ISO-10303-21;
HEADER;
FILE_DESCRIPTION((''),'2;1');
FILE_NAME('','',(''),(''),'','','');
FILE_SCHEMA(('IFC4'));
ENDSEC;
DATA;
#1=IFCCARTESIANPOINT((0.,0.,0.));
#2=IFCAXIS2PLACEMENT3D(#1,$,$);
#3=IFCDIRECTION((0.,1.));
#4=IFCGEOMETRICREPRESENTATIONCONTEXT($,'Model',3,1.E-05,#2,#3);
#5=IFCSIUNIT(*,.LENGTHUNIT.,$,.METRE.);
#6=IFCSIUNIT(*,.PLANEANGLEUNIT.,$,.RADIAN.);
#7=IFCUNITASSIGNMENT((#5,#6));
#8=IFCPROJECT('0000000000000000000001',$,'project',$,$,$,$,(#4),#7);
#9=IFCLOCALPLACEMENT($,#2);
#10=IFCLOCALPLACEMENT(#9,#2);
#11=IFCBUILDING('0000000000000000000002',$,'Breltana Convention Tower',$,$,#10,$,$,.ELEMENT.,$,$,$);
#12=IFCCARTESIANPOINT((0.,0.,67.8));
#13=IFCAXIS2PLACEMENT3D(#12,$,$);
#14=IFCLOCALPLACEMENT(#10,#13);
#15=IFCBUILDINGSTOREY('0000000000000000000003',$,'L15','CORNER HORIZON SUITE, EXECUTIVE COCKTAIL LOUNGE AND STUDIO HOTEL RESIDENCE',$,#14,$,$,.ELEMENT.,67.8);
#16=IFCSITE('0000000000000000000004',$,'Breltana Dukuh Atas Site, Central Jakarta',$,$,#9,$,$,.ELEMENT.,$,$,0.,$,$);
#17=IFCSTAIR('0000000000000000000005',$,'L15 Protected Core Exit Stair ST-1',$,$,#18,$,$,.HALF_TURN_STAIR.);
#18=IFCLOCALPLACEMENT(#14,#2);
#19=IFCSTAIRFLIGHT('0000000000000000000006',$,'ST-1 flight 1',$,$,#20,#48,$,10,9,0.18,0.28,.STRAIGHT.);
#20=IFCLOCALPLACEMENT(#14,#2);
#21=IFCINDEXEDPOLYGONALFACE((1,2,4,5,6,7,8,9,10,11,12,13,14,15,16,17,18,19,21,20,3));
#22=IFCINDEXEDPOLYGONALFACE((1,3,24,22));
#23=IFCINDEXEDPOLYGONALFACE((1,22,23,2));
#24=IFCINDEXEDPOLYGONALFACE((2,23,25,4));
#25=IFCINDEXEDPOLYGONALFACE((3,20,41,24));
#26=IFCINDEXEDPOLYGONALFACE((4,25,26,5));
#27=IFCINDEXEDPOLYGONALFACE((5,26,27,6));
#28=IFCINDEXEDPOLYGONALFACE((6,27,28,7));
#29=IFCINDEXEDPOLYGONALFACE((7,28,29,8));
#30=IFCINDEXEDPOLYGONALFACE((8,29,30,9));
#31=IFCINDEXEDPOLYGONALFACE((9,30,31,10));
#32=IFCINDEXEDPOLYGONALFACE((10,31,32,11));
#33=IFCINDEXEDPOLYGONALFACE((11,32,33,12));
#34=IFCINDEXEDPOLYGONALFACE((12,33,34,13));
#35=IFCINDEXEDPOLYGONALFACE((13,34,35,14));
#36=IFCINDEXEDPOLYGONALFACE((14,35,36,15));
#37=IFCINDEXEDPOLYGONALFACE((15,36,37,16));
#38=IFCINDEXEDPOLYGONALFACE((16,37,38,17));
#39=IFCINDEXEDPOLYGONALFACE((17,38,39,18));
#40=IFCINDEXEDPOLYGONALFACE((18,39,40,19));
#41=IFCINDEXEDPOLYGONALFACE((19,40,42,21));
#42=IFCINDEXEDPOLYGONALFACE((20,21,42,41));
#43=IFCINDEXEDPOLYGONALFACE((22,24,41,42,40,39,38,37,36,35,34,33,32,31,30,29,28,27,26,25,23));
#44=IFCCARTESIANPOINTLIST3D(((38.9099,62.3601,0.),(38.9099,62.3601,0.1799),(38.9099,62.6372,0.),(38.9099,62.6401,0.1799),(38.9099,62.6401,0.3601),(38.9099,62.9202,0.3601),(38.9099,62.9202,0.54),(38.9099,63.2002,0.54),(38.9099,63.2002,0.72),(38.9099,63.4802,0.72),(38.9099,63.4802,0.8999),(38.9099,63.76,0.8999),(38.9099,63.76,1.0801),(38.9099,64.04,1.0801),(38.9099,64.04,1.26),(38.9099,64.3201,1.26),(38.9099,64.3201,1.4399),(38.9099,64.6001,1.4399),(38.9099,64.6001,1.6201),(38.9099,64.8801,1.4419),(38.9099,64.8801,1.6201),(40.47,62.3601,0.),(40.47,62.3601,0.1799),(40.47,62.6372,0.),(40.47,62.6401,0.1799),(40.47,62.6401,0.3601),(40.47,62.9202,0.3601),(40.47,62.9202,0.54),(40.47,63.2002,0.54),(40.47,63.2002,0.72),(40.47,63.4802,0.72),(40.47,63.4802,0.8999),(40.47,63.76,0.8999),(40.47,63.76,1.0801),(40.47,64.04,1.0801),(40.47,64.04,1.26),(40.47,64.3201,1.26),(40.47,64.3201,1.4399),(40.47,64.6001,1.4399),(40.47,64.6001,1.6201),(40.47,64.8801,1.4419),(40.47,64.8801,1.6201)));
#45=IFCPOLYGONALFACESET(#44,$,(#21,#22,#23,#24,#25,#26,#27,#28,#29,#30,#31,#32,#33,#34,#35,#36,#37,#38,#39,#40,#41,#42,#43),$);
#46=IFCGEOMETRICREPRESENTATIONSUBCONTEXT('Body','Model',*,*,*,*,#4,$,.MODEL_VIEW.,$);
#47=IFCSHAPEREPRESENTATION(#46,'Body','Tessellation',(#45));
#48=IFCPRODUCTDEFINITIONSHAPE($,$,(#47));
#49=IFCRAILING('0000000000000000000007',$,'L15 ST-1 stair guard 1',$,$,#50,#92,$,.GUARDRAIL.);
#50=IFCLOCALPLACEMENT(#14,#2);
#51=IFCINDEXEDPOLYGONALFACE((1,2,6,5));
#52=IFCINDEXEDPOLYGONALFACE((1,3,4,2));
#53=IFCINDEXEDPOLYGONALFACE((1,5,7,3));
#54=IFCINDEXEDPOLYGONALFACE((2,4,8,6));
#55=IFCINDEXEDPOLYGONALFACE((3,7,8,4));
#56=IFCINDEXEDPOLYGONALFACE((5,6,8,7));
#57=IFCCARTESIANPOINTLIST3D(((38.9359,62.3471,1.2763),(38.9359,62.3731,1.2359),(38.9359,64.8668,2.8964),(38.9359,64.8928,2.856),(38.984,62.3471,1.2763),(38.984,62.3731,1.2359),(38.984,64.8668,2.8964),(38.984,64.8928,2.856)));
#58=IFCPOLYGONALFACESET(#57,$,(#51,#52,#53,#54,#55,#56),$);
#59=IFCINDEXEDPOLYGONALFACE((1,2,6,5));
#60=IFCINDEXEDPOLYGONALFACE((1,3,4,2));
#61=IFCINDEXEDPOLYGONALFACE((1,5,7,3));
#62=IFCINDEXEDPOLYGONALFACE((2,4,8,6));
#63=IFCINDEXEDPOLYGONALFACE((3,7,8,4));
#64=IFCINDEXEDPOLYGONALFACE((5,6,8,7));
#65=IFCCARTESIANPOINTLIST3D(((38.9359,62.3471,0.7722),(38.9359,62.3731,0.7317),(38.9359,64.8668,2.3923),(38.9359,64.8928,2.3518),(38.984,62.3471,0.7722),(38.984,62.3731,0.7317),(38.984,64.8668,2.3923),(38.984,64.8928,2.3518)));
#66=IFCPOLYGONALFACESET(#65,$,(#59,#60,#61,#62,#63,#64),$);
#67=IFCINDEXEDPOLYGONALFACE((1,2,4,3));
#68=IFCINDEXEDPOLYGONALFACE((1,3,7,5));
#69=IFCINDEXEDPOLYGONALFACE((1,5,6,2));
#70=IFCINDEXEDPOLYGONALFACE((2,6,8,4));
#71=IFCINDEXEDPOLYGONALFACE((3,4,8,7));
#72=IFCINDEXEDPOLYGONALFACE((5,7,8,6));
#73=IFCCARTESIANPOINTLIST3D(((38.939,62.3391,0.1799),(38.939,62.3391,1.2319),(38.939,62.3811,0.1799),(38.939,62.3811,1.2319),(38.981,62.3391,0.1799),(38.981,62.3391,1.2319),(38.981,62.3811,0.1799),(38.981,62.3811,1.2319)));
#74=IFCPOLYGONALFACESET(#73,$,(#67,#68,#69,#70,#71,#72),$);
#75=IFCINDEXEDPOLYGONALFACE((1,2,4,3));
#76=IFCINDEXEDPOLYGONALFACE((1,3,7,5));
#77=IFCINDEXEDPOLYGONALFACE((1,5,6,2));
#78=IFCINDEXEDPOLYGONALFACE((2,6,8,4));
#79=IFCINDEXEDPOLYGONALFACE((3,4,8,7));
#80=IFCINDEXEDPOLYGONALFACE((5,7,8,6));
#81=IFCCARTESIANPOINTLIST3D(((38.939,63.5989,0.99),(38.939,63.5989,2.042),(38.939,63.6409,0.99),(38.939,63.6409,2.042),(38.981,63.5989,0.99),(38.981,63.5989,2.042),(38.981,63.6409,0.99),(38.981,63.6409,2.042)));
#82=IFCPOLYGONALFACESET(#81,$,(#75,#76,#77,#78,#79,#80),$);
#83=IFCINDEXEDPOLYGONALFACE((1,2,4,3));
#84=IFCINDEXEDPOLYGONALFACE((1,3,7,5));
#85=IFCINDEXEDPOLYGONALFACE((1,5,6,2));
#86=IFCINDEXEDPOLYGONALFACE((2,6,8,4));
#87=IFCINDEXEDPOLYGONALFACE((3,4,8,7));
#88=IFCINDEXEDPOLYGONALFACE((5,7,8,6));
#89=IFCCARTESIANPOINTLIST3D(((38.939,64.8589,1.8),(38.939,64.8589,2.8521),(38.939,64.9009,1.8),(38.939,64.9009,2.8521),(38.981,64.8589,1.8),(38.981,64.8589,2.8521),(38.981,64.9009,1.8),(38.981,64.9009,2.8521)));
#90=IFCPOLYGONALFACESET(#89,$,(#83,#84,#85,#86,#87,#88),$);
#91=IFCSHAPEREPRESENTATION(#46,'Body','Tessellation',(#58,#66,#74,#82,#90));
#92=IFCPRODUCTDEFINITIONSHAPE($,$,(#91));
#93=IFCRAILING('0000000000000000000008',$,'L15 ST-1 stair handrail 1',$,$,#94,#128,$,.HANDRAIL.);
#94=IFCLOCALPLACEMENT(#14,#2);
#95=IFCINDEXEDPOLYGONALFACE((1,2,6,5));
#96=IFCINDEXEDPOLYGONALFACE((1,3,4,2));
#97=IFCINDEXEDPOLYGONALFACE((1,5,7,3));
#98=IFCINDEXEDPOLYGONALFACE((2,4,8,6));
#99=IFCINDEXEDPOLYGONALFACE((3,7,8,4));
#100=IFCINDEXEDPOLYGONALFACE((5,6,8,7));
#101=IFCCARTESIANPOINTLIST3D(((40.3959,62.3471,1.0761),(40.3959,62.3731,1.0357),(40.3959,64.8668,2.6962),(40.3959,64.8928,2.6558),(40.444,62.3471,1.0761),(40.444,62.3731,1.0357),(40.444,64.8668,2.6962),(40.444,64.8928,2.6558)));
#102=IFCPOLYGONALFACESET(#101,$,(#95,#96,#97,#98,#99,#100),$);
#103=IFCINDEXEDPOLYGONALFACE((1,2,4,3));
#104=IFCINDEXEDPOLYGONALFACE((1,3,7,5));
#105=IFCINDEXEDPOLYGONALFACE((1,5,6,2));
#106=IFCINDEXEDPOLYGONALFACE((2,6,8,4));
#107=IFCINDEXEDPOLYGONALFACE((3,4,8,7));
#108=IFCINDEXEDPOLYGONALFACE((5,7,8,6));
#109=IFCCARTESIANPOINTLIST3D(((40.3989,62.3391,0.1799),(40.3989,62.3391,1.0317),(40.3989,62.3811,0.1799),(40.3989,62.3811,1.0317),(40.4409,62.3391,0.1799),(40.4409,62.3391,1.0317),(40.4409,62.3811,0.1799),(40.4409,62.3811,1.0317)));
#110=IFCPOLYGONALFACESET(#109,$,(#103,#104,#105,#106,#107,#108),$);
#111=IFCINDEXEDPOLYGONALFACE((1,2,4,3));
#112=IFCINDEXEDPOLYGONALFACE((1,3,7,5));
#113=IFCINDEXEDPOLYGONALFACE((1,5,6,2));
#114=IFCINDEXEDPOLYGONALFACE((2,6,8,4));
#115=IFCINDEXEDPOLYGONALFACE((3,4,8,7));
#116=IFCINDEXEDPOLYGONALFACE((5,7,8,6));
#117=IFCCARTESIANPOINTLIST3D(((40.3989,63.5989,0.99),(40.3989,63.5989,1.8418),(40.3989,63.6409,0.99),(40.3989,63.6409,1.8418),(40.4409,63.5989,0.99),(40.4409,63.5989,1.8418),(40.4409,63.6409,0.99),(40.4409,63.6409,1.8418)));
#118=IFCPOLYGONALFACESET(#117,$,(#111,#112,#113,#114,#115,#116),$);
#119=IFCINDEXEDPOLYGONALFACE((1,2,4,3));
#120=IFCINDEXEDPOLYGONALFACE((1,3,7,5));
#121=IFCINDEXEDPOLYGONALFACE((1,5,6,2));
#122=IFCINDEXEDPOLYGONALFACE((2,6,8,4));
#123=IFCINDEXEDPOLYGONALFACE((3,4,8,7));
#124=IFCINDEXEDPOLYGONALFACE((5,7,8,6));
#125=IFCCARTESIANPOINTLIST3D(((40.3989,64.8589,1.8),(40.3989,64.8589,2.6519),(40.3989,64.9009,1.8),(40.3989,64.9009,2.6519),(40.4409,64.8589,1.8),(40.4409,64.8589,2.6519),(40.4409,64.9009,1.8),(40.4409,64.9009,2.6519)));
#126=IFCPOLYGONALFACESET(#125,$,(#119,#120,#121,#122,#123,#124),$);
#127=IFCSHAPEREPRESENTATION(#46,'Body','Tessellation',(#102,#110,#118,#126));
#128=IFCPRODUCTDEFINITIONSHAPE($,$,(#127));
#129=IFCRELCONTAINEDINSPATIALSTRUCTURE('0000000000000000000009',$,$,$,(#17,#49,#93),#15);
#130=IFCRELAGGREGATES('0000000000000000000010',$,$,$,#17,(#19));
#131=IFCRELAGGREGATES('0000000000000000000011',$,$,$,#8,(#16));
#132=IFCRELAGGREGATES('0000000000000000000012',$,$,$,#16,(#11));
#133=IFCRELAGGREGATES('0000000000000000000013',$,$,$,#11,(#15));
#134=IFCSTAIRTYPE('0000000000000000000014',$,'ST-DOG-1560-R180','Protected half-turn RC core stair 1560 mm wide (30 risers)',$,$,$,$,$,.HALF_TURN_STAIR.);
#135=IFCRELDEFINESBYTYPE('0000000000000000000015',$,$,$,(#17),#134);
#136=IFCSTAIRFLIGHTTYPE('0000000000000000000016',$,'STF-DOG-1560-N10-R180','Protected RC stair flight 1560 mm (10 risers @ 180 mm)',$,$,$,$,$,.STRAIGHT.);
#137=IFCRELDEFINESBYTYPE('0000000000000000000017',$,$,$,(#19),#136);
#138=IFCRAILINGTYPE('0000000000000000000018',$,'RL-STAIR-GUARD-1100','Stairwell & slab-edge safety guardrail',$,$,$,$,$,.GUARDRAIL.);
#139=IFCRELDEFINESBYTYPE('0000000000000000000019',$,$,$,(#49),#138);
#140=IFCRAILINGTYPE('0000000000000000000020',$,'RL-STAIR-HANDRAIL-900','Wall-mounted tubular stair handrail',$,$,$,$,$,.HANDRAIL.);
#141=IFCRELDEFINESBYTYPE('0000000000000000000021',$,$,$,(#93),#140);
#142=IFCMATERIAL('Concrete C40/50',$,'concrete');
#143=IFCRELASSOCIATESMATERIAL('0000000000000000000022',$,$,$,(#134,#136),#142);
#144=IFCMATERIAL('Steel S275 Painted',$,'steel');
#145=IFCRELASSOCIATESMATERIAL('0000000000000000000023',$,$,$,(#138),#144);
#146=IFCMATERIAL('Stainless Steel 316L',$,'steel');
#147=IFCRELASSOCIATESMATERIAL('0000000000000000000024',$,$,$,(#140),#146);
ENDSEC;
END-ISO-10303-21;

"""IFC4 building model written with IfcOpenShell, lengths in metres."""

from ifc_helpers import new_model, si_unit, direction, frame, origin, origin_2d, place, context, subcontext, project, spatial, polyline, rectangle, outline, extrude, material, type_object, element, aggregate, save


model = new_model("IFC4")

# Units and contexts
model_context = context("Model", 3, precision=1e-05, world=origin(), true_north=direction((0.0, 1.0)))
body_context = subcontext(model_context, "Body", "Model", "MODEL_VIEW")
ifc_project = project(units=[si_unit("LENGTHUNIT", "METRE"), si_unit("PLANEANGLEUNIT", "RADIAN")], contexts=[model_context])

# Site, building, storey
site_placement = place(None, origin())
site = spatial("IfcSite", under=ifc_project, at=site_placement, Name="Breltana Dukuh Atas Site, Central Jakarta", CompositionType="ELEMENT", RefElevation=0.0)
building_placement = place(site_placement, origin())
building = spatial("IfcBuilding", under=site, at=building_placement, Name="Breltana Convention Tower", CompositionType="ELEMENT")
storey_placement = place(building_placement, frame((0.0, 0.0, 67.8)))
storey = spatial("IfcBuildingStorey", under=building, at=storey_placement, Name="L15", Description="CORNER HORIZON SUITE, EXECUTIVE COCKTAIL LOUNGE AND STUDIO HOTEL RESIDENCE", CompositionType="ELEMENT", Elevation=67.8)

# Stair, stair flight
ifc_material_1 = material(Name="Concrete C40/50", Category="concrete")
stair_type = type_object("IfcStairType", Name="ST-DOG-1560-R180", Description="Protected half-turn RC core stair 1560 mm wide (30 risers)", PredefinedType="HALF_TURN_STAIR", material=ifc_material_1)
stair_placement = place(storey_placement, origin())
stair = element("IfcStair", 1, at=stair_placement, inside=storey, type_object=stair_type, Name="L15 Protected Core Exit Stair ST-1", PredefinedType="HALF_TURN_STAIR")
stair_flight_type = type_object("IfcStairFlightType", Name="STF-DOG-1560-N10-R180", Description="Protected RC stair flight 1560 mm (10 risers @ 180 mm)", PredefinedType="STRAIGHT", material=ifc_material_1)
stair_flight_placement = place(storey_placement, frame((39.6899, 62.3601, 0.0), z_axis=(0.0, 0.0, 1.0), x_axis=(0.0, 1.0, 0.0)))
stair_flight = element("IfcStairFlight", 2, at=stair_flight_placement, type_object=stair_flight_type, Name="ST-1 flight 1", NumberOfRisers=10, NumberOfTreads=9, PredefinedType="STRAIGHT", RiserHeight=0.18, TreadLength=0.28, context=body_context, shape_type="SweptSolid", body=[
    extrude(outline(polyline([(0.0, 0.0), (0.0, 0.1799), (0.28, 0.1799), (0.28, 0.3601), (0.5601, 0.3601), (0.5601, 0.54), (0.8401, 0.54), (0.8401, 0.72), (1.1201, 0.72), (1.1201, 0.8999), (1.3999, 0.8999), (1.3999, 1.0801), (1.6799, 1.0801), (1.6799, 1.26), (1.96, 1.26), (1.96, 1.4399), (2.24, 1.4399), (2.24, 1.6201), (2.52, 1.6201), (2.52, 1.8), (2.52, 1.4419), (0.2771, 0.0), (0.0, 0.0)])), frame((0.0, 0.78, 0.0), z_axis=(0.0, -1.0, 0.0), x_axis=(1.0, 0.0, 0.0)), (0.0, 0.0, 1.0), 1.5601),
])
aggregate(stair, [stair_flight])

# Railings
ifc_material_2 = material(Name="Steel S275 Painted", Category="steel")
railing_type_1 = type_object("IfcRailingType", Name="RL-STAIR-GUARD-1100", Description="Stairwell & slab-edge safety guardrail", PredefinedType="GUARDRAIL", material=ifc_material_2)
railing_1_placement = place(storey_placement, frame((38.96, 62.3601, 0.1799)))
element("IfcRailing", 3, at=railing_1_placement, inside=storey, type_object=railing_type_1, Name="L15 ST-1 stair guard 1", PredefinedType="GUARDRAIL", context=body_context, shape_type="SweptSolid", body=[
    extrude(rectangle(XDim=0.0481, YDim=0.0481, at=origin_2d()), frame((0.0, 0.0, 1.0762), z_axis=(0.0, 0.841139, 0.540819), x_axis=(-1.0, 0.0, 0.0)), (0.0, 0.0, 1.0), 2.9956),
    extrude(rectangle(XDim=0.0481, YDim=0.0481, at=origin_2d()), frame((0.0, 0.0, 0.572), z_axis=(0.0, 0.841139, 0.540819), x_axis=(-1.0, 0.0, 0.0)), (0.0, 0.0, 1.0), 2.9956),
    extrude(rectangle(XDim=0.042, YDim=0.042, at=origin_2d()), origin(), (0.0, 0.0, 1.0), 1.052),
    extrude(rectangle(XDim=0.042, YDim=0.042, at=origin_2d()), frame((0.0, 1.2598, 0.8101)), (0.0, 0.0, 1.0), 1.052),
    extrude(rectangle(XDim=0.042, YDim=0.042, at=origin_2d()), frame((0.0, 2.5198, 1.6201)), (0.0, 0.0, 1.0), 1.052),
])
ifc_material_3 = material(Name="Stainless Steel 316L", Category="steel")
railing_type_2 = type_object("IfcRailingType", Name="RL-STAIR-HANDRAIL-900", Description="Wall-mounted tubular stair handrail", PredefinedType="HANDRAIL", material=ifc_material_3)
railing_2_placement = place(storey_placement, frame((40.4199, 62.3601, 0.1799)))
element("IfcRailing", 4, at=railing_2_placement, inside=storey, type_object=railing_type_2, Name="L15 ST-1 stair handrail 1", PredefinedType="HANDRAIL", context=body_context, shape_type="SweptSolid", body=[
    extrude(rectangle(XDim=0.0481, YDim=0.0481, at=origin_2d()), frame((0.0, 0.0, 0.876), z_axis=(0.0, 0.841139, 0.540819), x_axis=(-1.0, 0.0, 0.0)), (0.0, 0.0, 1.0), 2.9956),
    extrude(rectangle(XDim=0.042, YDim=0.042, at=origin_2d()), origin(), (0.0, 0.0, 1.0), 0.8518),
    extrude(rectangle(XDim=0.042, YDim=0.042, at=origin_2d()), frame((0.0, 1.2598, 0.8101)), (0.0, 0.0, 1.0), 0.8518),
    extrude(rectangle(XDim=0.042, YDim=0.042, at=origin_2d()), frame((0.0, 2.5198, 1.6201)), (0.0, 0.0, 1.0), 0.8518),
])

save(model, "model.ifc")
